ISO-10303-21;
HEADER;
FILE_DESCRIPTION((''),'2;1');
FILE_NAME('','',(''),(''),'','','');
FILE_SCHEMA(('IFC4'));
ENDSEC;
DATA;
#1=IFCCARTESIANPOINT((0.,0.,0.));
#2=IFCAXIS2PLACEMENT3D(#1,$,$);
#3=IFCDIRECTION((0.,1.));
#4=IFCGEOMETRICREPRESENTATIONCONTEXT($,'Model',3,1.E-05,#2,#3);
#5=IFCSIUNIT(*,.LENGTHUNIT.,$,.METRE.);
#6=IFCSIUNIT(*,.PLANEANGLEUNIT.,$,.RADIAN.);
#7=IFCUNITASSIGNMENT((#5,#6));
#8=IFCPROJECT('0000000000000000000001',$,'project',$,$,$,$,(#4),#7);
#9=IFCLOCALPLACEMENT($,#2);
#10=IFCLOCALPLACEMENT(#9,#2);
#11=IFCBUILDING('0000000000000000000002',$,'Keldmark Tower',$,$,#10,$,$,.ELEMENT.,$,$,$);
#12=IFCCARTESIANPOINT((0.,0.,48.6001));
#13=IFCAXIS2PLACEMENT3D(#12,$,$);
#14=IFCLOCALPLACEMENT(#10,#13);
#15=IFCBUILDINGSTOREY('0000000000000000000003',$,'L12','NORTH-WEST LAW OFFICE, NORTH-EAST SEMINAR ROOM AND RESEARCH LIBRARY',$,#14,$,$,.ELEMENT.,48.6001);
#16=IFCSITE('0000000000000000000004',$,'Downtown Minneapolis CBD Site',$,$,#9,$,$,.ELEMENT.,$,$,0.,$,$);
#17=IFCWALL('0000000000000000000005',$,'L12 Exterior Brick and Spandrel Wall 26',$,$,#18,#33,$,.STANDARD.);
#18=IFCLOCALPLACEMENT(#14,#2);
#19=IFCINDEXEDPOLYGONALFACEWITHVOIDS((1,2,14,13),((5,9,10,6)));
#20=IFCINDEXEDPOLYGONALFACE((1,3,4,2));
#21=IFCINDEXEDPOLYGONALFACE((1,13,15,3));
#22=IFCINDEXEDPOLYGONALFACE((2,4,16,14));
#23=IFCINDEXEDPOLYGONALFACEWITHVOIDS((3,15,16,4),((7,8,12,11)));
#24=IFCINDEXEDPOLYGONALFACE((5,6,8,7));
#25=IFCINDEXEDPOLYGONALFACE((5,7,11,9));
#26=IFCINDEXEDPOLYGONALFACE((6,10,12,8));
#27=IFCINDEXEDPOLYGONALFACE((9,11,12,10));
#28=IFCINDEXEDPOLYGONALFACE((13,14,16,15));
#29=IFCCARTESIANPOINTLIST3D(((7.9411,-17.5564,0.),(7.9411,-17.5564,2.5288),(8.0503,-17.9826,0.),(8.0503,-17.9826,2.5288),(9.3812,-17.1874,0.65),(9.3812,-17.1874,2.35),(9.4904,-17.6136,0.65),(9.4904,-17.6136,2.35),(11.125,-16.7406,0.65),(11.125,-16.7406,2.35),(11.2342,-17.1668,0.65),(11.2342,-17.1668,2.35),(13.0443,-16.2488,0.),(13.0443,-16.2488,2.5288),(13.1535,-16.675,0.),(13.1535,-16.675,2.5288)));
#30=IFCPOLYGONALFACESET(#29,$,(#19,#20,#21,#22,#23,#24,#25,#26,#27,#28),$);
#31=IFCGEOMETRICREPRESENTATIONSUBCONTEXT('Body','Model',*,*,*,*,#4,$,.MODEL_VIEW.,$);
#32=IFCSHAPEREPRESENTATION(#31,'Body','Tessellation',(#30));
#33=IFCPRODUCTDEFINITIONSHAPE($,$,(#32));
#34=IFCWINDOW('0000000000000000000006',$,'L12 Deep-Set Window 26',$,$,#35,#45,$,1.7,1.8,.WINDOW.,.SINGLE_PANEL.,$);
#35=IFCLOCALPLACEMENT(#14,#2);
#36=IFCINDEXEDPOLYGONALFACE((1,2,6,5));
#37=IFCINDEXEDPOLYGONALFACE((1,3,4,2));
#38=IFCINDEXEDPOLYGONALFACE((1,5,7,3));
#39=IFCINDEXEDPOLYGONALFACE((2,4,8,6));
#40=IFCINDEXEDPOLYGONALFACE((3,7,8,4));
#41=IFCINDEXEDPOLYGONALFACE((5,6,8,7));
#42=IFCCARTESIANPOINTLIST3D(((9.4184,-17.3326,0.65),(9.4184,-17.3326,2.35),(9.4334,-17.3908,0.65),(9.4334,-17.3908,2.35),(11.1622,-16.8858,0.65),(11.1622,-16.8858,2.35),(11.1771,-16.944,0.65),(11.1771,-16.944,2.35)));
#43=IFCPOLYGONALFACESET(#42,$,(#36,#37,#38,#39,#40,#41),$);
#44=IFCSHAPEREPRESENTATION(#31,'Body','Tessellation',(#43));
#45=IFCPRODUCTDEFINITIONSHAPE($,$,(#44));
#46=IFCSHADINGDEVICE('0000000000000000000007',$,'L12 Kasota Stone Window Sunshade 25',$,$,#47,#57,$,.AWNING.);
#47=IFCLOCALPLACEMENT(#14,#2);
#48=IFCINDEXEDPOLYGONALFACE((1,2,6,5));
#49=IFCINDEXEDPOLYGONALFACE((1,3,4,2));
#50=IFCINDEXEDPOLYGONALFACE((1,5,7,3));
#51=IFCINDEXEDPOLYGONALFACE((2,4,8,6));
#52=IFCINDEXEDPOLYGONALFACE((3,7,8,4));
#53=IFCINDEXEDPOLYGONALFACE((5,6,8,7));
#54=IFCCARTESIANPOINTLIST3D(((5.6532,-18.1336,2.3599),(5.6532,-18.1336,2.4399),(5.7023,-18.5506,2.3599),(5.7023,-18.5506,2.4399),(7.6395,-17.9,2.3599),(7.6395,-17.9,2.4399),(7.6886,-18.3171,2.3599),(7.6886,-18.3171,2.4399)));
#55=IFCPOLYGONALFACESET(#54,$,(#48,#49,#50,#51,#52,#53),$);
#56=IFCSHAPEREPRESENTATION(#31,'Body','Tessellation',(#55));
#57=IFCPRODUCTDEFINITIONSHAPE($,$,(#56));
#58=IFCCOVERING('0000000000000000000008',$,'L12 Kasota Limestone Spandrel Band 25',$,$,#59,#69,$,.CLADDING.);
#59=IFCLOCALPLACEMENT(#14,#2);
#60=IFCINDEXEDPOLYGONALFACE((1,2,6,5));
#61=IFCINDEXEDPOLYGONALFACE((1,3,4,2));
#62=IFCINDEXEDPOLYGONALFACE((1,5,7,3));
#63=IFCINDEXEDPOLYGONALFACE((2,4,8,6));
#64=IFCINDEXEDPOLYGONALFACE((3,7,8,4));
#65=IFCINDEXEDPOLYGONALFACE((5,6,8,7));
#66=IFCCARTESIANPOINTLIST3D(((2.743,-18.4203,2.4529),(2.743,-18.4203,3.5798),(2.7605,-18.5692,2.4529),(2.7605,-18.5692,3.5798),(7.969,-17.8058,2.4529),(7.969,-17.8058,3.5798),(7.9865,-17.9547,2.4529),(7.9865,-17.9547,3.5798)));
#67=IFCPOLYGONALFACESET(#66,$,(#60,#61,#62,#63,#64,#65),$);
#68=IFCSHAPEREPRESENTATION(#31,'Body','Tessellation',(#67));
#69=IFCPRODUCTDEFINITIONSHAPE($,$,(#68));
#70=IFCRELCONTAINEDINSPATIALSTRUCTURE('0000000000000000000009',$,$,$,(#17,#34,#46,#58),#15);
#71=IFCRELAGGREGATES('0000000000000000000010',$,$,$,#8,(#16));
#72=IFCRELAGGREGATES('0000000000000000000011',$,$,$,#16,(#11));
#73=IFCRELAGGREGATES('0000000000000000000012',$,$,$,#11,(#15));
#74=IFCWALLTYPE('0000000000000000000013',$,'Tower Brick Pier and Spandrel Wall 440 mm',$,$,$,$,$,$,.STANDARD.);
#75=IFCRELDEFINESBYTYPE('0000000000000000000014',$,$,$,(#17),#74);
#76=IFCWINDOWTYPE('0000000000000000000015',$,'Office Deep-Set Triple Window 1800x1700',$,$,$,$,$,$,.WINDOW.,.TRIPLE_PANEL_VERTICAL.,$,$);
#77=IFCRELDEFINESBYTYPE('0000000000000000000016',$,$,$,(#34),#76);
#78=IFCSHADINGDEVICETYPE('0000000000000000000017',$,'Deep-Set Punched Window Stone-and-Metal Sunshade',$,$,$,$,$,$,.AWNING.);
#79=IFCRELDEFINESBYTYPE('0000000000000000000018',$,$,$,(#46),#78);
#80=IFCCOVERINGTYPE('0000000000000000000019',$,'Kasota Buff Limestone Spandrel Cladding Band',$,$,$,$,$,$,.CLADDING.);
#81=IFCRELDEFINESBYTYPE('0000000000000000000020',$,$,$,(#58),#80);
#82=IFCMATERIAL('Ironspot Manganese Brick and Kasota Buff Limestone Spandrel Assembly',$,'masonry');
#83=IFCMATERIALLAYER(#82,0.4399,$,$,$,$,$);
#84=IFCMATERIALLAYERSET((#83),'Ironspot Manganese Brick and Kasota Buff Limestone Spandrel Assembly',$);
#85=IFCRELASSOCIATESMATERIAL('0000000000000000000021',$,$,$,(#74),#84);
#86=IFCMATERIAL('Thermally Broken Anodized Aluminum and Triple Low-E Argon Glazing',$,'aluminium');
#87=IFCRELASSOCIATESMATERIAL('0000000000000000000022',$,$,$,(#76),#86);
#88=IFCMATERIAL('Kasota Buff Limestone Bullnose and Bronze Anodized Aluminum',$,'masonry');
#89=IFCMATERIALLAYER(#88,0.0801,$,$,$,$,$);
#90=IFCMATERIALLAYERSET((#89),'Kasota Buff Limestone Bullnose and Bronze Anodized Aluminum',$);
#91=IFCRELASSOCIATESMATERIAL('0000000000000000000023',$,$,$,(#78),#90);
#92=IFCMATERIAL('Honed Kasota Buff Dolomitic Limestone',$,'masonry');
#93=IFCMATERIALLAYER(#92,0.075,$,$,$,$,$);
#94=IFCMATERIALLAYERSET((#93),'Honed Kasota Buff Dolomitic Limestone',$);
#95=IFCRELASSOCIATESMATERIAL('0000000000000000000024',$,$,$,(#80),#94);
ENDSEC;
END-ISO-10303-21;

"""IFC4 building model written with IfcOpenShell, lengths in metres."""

from ifc_helpers import new_model, si_unit, direction, frame, frame_2d, origin, origin_2d, place, context, subcontext, project, spatial, rectangle, extrude, material, layer, layer_set, type_object, element, fill, save


model = new_model("IFC4")

# Units and contexts
model_context = context("Model", 3, precision=1e-05, world=origin(), true_north=direction((0.0, 1.0)))
body_context = subcontext(model_context, "Body", "Model", "MODEL_VIEW")
ifc_project = project(units=[si_unit("LENGTHUNIT", "METRE"), si_unit("PLANEANGLEUNIT", "RADIAN")], contexts=[model_context])

# Site, building, storey
site_placement = place(None, origin())
site = spatial("IfcSite", under=ifc_project, at=site_placement, Name="Downtown Minneapolis CBD Site", CompositionType="ELEMENT", RefElevation=0.0)
building_placement = place(site_placement, origin())
building = spatial("IfcBuilding", under=site, at=building_placement, Name="Keldmark Tower", CompositionType="ELEMENT")
storey_placement = place(building_placement, frame((0.0, 0.0, 48.6001)))
storey = spatial("IfcBuildingStorey", under=building, at=storey_placement, Name="L12", Description="NORTH-WEST LAW OFFICE, NORTH-EAST SEMINAR ROOM AND RESEARCH LIBRARY", CompositionType="ELEMENT", Elevation=48.6001)

# Wall, opening, window
ifc_material_1 = material(Name="Ironspot Manganese Brick and Kasota Buff Limestone Spandrel Assembly", Category="masonry")
ifc_layer_1 = layer(ifc_material_1, 0.4399)
ifc_layer_set_1 = layer_set([ifc_layer_1], Name="Ironspot Manganese Brick and Kasota Buff Limestone Spandrel Assembly")
wall_type_1 = type_object("IfcWallType", Name="Tower Brick Pier and Spandrel Wall 440 mm", PredefinedType="STANDARD", material=ifc_layer_set_1)
ifc_material_2 = material(Name="Thermally Broken Anodized Aluminum and Triple Low-E Argon Glazing", Category="aluminium")
window_type = type_object("IfcWindowType", Name="Office Deep-Set Triple Window 1800x1700", PartitioningType="TRIPLE_PANEL_VERTICAL", PredefinedType="WINDOW", material=ifc_material_2)
wall_1_placement = place(storey_placement, frame((13.0989, -16.4619, 0.0), z_axis=(0.0, 0.0, 1.0), x_axis=(-0.968706, -0.248213, 0.0)))
wall_1 = element("IfcWall", 1, at=wall_1_placement, inside=storey, type_object=wall_type_1, Name="L12 Exterior Brick and Spandrel Wall 26", PredefinedType="STANDARD", context=body_context, shape_type="SweptSolid", body=[
    extrude(rectangle(XDim=5.2681, YDim=0.4399, at=frame_2d((2.634, 0.0))), origin(), (0.0, 0.0, 1.0), 2.5288),
])
opening_1_placement = place(wall_1_placement, frame((1.9814, 0.0, 0.6499)))
opening_1 = element("IfcOpeningElement", 2, at=opening_1_placement, cuts=wall_1, PredefinedType="OPENING", context=body_context, shape_type="SweptSolid", body=[
    extrude(rectangle(XDim=1.8, YDim=1.7, at=frame_2d((0.8999, 0.8501))), frame((0.0, 0.23, 0.0), z_axis=(0.0, -1.0, 0.0), x_axis=(1.0, 0.0, 0.0)), (0.0, 0.0, 1.0), 0.46),
])
window_1_placement = place(opening_1_placement, origin())
window_1 = element("IfcWindow", 3, at=window_1_placement, inside=storey, type_object=window_type, Name="L12 Deep-Set Window 26", OverallHeight=1.7, OverallWidth=1.8, PartitioningType="SINGLE_PANEL", PredefinedType="WINDOW", context=body_context, shape_type="SweptSolid", body=[
    extrude(rectangle(XDim=1.8, YDim=1.7, at=frame_2d((0.8999, 0.8501))), frame((0.0, -0.01, 0.0), z_axis=(0.0, -1.0, 0.0), x_axis=(1.0, 0.0, 0.0)), (0.0, 0.0, 1.0), 0.0601),
])
fill(opening_1, window_1)

# Shading device
ifc_material_3 = material(Name="Kasota Buff Limestone Bullnose and Bronze Anodized Aluminum", Category="masonry")
ifc_layer_2 = layer(ifc_material_3, 0.0801)
ifc_layer_set_2 = layer_set([ifc_layer_2], Name="Kasota Buff Limestone Bullnose and Bronze Anodized Aluminum")
shading_device_type = type_object("IfcShadingDeviceType", Name="Deep-Set Punched Window Stone-and-Metal Sunshade", PredefinedType="AWNING", material=ifc_layer_set_2)
shading_device_placement = place(storey_placement, frame((6.6709, -18.2253, 2.3599), z_axis=(0.0, 0.0, 1.0), x_axis=(-0.993158, -0.116775, 0.0)))
element("IfcShadingDevice", 4, at=shading_device_placement, inside=storey, type_object=shading_device_type, Name="L12 Kasota Stone Window Sunshade 25", PredefinedType="AWNING", context=body_context, shape_type="SweptSolid", body=[
    extrude(rectangle(XDim=2.0, YDim=0.4199, at=origin_2d()), origin(), (0.0, 0.0, 1.0), 0.0801),
])

# Covering
ifc_material_4 = material(Name="Honed Kasota Buff Dolomitic Limestone", Category="masonry")
ifc_layer_3 = layer(ifc_material_4, 0.075)
ifc_layer_set_3 = layer_set([ifc_layer_3], Name="Honed Kasota Buff Dolomitic Limestone")
covering_type = type_object("IfcCoveringType", Name="Kasota Buff Limestone Spandrel Cladding Band", PredefinedType="CLADDING", material=ifc_layer_set_3)
covering_placement = place(storey_placement, frame((5.3647, -18.1875, 2.4529), z_axis=(0.0, 0.0, 1.0), x_axis=(0.993158, 0.116775, 0.0)))
element("IfcCovering", 5, at=covering_placement, inside=storey, type_object=covering_type, Name="L12 Kasota Limestone Spandrel Band 25", PredefinedType="CLADDING", context=body_context, shape_type="SweptSolid", body=[
    extrude(rectangle(XDim=5.262, YDim=0.1499, at=origin_2d()), origin(), (0.0, 0.0, 1.0), 1.127),
])

save(model, "model.ifc")
